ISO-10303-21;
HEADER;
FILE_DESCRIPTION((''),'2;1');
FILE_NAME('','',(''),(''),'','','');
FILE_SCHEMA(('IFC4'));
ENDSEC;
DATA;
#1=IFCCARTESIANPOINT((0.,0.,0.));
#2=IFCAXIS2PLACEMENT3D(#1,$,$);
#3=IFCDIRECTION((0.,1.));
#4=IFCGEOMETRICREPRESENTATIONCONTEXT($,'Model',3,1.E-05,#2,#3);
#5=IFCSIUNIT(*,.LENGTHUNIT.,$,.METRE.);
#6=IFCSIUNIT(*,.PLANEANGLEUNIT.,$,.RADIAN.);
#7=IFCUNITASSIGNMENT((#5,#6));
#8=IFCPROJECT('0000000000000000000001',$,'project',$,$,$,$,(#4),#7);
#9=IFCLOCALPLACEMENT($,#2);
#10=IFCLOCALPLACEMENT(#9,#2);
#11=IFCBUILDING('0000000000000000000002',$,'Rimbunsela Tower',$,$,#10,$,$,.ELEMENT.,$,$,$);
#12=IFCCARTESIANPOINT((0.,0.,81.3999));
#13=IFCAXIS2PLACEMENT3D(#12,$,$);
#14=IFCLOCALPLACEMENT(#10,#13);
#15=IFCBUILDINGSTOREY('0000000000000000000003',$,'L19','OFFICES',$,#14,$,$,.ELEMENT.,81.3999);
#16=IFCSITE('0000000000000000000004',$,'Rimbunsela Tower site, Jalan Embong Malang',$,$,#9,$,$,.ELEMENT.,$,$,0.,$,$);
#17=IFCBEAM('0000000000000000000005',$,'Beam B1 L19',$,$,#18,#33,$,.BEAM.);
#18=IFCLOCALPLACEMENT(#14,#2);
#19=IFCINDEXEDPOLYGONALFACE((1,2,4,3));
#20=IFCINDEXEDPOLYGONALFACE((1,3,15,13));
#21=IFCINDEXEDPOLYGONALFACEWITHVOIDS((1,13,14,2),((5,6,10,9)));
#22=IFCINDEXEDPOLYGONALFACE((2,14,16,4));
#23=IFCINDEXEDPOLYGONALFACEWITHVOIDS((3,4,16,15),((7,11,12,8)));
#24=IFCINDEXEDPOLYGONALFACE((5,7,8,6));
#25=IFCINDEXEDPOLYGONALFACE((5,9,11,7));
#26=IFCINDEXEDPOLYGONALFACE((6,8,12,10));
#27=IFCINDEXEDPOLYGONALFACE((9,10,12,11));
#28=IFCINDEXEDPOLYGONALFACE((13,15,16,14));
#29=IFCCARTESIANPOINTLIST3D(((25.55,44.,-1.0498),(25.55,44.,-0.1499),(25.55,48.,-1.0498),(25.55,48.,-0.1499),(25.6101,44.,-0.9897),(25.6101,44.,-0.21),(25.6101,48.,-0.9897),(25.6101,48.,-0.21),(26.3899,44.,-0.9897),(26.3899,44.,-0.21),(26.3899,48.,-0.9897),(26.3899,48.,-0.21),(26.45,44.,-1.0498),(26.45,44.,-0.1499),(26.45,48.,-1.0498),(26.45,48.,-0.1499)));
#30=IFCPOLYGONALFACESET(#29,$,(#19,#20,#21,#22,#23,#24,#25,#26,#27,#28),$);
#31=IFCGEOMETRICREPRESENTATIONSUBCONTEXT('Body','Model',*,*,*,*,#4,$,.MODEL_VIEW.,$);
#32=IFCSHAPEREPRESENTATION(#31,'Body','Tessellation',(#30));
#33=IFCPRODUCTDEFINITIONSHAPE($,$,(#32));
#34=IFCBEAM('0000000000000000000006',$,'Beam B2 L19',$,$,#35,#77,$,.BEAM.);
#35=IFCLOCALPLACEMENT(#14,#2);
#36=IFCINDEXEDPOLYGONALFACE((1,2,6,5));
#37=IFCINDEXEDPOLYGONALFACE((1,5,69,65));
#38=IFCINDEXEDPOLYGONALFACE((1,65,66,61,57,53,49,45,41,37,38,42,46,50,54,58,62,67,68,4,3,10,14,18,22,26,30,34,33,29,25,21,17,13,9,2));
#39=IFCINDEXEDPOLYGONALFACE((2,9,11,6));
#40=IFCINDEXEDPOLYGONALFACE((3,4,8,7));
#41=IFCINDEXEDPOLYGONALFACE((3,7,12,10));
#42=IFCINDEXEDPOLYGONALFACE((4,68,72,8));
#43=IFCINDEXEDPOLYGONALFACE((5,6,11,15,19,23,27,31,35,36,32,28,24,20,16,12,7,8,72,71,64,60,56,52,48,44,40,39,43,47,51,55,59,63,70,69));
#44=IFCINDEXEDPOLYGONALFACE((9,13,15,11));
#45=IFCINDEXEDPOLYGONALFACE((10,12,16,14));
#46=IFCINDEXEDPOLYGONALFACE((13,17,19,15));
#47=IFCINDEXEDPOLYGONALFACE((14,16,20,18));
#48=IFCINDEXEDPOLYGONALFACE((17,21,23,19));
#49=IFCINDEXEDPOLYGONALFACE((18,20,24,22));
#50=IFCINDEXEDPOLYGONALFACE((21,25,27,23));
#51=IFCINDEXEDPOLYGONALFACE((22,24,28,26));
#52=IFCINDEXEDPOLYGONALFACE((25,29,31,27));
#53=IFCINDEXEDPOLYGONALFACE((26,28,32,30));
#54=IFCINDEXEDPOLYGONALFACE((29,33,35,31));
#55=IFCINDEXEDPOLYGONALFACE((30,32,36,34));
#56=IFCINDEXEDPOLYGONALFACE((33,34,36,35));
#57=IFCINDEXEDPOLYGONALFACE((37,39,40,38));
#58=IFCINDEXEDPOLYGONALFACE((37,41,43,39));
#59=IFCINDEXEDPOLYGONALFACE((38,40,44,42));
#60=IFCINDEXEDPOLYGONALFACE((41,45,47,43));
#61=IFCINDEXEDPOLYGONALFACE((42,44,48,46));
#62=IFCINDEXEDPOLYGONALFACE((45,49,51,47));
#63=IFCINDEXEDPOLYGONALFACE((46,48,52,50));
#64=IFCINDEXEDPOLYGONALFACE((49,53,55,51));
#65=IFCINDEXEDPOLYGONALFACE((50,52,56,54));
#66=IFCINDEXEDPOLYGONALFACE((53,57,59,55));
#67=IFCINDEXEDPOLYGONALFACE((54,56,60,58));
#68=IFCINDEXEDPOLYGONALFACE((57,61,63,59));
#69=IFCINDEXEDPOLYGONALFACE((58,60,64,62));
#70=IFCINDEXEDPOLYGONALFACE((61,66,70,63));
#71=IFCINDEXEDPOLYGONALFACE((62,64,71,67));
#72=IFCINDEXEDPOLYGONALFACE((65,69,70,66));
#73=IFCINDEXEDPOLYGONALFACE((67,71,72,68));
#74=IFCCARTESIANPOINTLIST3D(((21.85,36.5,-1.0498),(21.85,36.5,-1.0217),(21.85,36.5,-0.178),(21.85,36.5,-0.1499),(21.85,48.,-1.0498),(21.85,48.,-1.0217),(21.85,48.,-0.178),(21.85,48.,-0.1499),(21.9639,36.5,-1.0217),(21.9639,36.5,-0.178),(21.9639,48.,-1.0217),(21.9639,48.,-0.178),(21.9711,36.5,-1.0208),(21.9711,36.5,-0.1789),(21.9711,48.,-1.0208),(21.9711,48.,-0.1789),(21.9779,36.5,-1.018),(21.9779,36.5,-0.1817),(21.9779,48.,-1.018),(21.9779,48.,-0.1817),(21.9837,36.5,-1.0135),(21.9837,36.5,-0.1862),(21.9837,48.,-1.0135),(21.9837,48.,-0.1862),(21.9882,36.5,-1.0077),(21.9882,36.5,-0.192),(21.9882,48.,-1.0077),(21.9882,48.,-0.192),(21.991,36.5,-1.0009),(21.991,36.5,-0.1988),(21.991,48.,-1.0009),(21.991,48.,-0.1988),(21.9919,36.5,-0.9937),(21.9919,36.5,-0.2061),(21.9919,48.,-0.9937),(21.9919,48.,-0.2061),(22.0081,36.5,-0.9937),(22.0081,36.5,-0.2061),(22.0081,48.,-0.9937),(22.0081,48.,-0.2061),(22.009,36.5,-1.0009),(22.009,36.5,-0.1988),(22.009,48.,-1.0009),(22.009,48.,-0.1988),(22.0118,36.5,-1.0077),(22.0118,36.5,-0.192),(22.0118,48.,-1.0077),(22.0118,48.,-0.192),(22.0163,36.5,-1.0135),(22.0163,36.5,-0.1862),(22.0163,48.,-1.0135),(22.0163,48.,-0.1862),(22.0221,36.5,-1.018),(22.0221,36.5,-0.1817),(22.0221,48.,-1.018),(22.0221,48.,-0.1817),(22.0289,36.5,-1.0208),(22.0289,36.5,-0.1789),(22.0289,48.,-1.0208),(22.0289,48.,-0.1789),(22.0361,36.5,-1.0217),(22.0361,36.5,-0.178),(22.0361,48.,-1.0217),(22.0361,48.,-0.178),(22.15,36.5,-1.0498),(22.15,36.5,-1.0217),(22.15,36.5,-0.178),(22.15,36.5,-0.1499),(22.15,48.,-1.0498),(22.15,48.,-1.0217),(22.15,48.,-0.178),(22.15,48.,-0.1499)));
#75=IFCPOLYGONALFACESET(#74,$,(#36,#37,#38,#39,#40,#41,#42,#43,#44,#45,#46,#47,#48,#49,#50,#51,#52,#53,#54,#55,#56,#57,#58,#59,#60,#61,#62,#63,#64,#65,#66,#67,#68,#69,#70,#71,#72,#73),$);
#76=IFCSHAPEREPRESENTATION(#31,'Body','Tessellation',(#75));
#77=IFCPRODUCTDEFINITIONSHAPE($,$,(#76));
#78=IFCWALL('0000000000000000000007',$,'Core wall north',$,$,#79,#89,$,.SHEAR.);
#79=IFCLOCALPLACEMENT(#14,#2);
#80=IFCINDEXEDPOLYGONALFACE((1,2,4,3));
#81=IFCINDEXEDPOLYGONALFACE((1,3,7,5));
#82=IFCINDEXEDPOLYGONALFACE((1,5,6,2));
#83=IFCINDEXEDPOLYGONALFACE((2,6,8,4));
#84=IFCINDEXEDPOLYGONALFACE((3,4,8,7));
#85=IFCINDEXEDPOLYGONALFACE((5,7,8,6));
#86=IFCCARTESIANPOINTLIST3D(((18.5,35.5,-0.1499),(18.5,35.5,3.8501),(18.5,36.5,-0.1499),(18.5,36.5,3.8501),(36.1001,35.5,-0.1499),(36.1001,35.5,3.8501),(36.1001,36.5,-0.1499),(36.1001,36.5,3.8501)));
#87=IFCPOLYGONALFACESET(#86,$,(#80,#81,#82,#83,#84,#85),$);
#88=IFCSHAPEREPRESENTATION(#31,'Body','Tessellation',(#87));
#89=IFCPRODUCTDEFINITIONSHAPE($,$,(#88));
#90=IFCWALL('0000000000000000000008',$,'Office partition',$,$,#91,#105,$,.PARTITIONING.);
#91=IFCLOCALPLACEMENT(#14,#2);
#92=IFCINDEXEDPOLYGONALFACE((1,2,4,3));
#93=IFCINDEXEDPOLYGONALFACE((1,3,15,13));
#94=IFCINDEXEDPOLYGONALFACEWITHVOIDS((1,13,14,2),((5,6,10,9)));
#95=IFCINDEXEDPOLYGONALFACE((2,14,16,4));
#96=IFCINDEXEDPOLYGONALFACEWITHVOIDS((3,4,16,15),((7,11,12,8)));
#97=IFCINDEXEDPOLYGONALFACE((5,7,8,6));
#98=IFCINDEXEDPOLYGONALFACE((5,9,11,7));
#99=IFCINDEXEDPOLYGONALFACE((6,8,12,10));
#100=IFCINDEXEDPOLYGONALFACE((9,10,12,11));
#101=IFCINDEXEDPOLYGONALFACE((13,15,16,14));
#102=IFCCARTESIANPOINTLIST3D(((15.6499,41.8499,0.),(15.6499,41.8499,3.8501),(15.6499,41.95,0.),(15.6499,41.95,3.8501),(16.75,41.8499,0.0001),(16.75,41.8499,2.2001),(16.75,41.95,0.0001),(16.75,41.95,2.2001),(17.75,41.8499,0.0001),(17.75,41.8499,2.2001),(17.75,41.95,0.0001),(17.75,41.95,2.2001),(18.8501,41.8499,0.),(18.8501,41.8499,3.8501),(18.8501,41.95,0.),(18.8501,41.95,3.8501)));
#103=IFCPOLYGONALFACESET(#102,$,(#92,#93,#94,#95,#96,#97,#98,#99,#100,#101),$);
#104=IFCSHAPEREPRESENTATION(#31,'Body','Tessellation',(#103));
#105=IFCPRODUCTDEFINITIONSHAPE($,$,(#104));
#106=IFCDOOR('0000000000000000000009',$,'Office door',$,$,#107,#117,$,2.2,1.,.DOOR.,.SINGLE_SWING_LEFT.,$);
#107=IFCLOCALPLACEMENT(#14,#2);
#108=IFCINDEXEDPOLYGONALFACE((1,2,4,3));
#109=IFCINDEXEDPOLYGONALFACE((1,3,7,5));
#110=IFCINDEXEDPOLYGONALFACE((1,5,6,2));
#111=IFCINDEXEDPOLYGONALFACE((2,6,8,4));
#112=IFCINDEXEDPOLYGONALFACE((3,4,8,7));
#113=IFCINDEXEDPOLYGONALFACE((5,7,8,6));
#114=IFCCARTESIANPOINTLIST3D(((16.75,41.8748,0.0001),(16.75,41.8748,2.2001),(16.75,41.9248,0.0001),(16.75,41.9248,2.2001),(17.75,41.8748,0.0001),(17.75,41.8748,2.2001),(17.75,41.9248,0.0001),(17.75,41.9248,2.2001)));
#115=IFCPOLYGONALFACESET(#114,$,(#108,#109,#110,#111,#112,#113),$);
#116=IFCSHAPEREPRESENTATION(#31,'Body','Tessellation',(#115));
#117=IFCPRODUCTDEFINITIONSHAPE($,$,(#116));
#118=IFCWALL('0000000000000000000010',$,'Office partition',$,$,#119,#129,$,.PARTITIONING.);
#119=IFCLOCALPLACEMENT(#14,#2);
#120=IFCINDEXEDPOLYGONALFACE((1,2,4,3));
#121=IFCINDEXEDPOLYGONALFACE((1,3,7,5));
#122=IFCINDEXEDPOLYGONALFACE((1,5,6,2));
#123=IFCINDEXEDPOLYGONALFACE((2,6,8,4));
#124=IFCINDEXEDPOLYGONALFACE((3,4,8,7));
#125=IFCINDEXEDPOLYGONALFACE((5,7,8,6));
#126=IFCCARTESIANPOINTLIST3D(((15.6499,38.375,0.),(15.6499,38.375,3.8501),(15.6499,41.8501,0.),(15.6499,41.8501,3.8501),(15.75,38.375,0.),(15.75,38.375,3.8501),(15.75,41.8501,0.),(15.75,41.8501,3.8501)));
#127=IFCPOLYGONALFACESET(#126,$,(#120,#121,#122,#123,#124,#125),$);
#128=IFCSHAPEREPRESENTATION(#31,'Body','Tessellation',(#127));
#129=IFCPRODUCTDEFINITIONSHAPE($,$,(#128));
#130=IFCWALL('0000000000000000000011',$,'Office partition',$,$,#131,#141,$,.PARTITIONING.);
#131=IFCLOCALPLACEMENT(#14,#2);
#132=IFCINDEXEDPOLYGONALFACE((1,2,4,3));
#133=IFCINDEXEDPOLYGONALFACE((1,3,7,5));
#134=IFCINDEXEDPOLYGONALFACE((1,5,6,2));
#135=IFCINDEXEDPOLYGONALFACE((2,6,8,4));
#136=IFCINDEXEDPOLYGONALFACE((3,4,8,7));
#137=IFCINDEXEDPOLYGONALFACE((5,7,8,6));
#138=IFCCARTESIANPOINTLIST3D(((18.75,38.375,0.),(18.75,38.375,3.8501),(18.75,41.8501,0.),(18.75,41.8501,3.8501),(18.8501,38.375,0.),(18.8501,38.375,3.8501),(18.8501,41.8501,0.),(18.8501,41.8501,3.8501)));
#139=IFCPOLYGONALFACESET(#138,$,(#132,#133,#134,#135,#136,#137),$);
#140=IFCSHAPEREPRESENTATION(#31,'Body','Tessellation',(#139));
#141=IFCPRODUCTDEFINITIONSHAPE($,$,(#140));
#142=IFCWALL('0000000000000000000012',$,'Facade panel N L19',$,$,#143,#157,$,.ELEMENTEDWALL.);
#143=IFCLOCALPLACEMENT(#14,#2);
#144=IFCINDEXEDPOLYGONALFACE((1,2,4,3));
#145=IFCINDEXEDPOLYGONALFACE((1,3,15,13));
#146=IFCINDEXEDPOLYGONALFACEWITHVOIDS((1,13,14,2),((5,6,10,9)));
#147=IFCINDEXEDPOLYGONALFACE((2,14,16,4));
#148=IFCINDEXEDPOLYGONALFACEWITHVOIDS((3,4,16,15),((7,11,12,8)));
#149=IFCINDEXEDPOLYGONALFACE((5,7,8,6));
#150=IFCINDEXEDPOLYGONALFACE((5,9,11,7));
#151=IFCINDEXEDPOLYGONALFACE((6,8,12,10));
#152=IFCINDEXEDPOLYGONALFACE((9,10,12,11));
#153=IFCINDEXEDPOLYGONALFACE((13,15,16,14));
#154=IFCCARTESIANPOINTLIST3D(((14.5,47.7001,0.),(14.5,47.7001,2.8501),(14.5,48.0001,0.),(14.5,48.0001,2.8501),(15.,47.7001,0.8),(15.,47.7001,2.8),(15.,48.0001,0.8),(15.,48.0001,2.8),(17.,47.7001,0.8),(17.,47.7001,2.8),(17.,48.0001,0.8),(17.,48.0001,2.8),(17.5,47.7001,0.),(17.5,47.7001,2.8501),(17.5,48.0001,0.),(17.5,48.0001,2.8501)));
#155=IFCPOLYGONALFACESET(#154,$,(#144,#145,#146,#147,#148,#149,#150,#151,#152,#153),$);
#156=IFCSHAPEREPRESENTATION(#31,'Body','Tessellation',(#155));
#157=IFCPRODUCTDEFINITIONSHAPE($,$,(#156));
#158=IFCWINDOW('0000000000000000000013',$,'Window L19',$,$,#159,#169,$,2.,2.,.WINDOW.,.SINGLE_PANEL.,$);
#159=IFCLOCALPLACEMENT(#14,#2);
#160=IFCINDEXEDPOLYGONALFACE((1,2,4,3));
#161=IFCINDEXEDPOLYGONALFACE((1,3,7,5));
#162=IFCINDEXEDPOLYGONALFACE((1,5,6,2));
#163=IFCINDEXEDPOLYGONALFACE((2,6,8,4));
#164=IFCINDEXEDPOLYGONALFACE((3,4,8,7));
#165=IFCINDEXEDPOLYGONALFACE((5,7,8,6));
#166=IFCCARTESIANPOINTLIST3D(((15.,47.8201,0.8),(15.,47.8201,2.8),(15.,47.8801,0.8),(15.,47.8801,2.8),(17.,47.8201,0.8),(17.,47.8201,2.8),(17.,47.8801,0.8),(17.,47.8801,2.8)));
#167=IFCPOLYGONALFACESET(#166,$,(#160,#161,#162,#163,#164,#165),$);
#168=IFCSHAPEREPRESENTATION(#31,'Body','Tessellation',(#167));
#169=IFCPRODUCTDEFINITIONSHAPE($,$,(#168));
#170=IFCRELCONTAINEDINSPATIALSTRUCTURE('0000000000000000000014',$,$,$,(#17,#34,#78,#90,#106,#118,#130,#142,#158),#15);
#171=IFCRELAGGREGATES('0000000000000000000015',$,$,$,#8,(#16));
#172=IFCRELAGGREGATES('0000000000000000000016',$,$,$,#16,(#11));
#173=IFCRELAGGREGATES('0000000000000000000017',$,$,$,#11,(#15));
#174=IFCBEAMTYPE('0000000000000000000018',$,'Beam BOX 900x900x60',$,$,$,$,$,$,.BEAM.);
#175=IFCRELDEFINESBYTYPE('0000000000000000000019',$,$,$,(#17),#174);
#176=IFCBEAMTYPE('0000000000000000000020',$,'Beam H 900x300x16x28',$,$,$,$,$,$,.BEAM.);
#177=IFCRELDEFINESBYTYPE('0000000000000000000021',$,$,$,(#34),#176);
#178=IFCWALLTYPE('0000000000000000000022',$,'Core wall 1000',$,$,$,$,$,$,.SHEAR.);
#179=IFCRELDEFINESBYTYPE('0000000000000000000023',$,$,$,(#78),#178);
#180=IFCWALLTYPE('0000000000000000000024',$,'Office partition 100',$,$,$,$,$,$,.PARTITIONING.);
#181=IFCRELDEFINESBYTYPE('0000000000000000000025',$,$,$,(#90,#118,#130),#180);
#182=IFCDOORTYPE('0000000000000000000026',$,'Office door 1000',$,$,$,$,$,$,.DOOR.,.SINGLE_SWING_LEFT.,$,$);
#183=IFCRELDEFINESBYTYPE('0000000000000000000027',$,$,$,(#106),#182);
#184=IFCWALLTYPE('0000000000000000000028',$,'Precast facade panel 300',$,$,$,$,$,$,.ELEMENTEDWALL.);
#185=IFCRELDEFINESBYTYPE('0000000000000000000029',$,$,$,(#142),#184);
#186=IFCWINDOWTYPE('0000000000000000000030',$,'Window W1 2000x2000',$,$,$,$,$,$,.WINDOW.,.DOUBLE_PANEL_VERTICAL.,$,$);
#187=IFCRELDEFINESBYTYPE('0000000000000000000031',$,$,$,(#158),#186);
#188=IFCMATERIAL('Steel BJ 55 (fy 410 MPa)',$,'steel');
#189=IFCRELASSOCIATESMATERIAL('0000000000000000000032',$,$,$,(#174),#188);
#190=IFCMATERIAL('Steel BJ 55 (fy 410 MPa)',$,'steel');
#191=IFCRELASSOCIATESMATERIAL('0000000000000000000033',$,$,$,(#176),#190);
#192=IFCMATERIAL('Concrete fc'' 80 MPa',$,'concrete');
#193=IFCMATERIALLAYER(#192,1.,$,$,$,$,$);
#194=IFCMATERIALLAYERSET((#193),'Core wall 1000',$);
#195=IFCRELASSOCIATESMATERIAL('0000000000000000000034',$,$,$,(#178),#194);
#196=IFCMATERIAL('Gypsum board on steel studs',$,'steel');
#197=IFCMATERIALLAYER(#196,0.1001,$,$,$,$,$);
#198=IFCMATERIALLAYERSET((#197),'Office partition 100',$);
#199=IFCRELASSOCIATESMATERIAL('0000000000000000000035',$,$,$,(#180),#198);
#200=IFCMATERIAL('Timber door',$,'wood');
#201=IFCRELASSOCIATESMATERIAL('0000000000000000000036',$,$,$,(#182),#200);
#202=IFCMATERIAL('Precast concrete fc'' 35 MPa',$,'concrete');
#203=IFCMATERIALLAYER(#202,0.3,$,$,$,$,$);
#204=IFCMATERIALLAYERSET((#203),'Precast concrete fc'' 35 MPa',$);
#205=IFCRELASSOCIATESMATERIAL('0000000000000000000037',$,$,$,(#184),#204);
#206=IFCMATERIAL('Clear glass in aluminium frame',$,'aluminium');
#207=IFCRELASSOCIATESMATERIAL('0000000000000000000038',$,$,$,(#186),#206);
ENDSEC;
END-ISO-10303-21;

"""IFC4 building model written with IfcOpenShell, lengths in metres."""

from ifc_helpers import new_model, si_unit, direction, frame, frame_2d, origin, origin_2d, place, context, subcontext, project, spatial, rectangle, hollow_rectangle, i_section, extrude, material, layer, layer_set, material_profile, profile_set, type_object, element, fill, save


model = new_model("IFC4")

# Units and contexts
model_context = context("Model", 3, precision=1e-05, world=origin(), true_north=direction((0.0, 1.0)))
body_context = subcontext(model_context, "Body", "Model", "MODEL_VIEW")
ifc_project = project(units=[si_unit("LENGTHUNIT", "METRE"), si_unit("PLANEANGLEUNIT", "RADIAN")], contexts=[model_context])

# Site, building, storey
site_placement = place(None, origin())
site = spatial("IfcSite", under=ifc_project, at=site_placement, Name="Rimbunsela Tower site, Jalan Embong Malang", CompositionType="ELEMENT", RefElevation=0.0)
building_placement = place(site_placement, origin())
building = spatial("IfcBuilding", under=site, at=building_placement, Name="Rimbunsela Tower", CompositionType="ELEMENT")
storey_placement = place(building_placement, frame((0.0, 0.0, 81.3999)))
storey = spatial("IfcBuildingStorey", under=building, at=storey_placement, Name="L19", Description="OFFICES", CompositionType="ELEMENT", Elevation=81.3999)

# Beams
ifc_material_1 = material(Name="Steel BJ 55 (fy 410 MPa)", Category="steel")
ifc_material_profile_1 = material_profile(ifc_material_1, hollow_rectangle(XDim=0.8999, YDim=0.8999, WallThickness=0.0601, at=origin_2d()), Name="BOX 900x900x60")
ifc_profile_set_1 = profile_set([ifc_material_profile_1], Name="Steel BJ 55 (fy 410 MPa)")
beam_type_1 = type_object("IfcBeamType", Name="Beam BOX 900x900x60", PredefinedType="BEAM", material=ifc_profile_set_1)
beam_1_placement = place(storey_placement, frame((26.0, 44.0, -0.5999), z_axis=(0.0, 1.0, 0.0), x_axis=(-1.0, 0.0, 0.0)))
element("IfcBeam", 1, at=beam_1_placement, inside=storey, type_object=beam_type_1, Name="Beam B1 L19", PredefinedType="BEAM", context=body_context, shape_type="SweptSolid", body=[
    extrude(hollow_rectangle(XDim=0.8999, YDim=0.8999, WallThickness=0.0601, at=origin_2d()), origin(), (0.0, 0.0, 1.0), 4.0),
])
ifc_material_2 = material(Name="Steel BJ 55 (fy 410 MPa)", Category="steel")
ifc_material_profile_2 = material_profile(ifc_material_2, i_section(OverallWidth=0.3, OverallDepth=0.8999, WebThickness=0.0161, FlangeThickness=0.0281, FilletRadius=0.0281, at=origin_2d()), Name="H 900x300x16x28")
ifc_profile_set_2 = profile_set([ifc_material_profile_2], Name="Steel BJ 55 (fy 410 MPa)")
beam_type_2 = type_object("IfcBeamType", Name="Beam H 900x300x16x28", PredefinedType="BEAM", material=ifc_profile_set_2)
beam_2_placement = place(storey_placement, frame((22.0, 36.5, -0.5999), z_axis=(0.0, 1.0, 0.0), x_axis=(-1.0, 0.0, 0.0)))
element("IfcBeam", 2, at=beam_2_placement, inside=storey, type_object=beam_type_2, Name="Beam B2 L19", PredefinedType="BEAM", context=body_context, shape_type="SweptSolid", body=[
    extrude(i_section(OverallWidth=0.3, OverallDepth=0.8999, WebThickness=0.0161, FlangeThickness=0.0281, FilletRadius=0.0281, at=origin_2d()), origin(), (0.0, 0.0, 1.0), 11.5),
])

# Wall
ifc_material_3 = material(Name="Concrete fc' 80 MPa", Category="concrete")
ifc_layer_1 = layer(ifc_material_3, 1.0)
ifc_layer_set_1 = layer_set([ifc_layer_1], Name="Core wall 1000")
wall_type_1 = type_object("IfcWallType", Name="Core wall 1000", PredefinedType="SHEAR", material=ifc_layer_set_1)
wall_1_placement = place(storey_placement, frame((18.5, 36.0, -0.1499), z_axis=(0.0, 0.0, 1.0), x_axis=(1.0, 0.0, 0.0)))
element("IfcWall", 3, at=wall_1_placement, inside=storey, type_object=wall_type_1, Name="Core wall north", PredefinedType="SHEAR", context=body_context, shape_type="SweptSolid", body=[
    extrude(rectangle(XDim=17.6001, YDim=1.0, at=frame_2d((8.8, 0.0))), origin(), (0.0, 0.0, 1.0), 4.0),
])

# Wall, opening, door
ifc_material_4 = material(Name="Gypsum board on steel studs", Category="steel")
ifc_layer_2 = layer(ifc_material_4, 0.1001)
ifc_layer_set_2 = layer_set([ifc_layer_2], Name="Office partition 100")
wall_type_2 = type_object("IfcWallType", Name="Office partition 100", PredefinedType="PARTITIONING", material=ifc_layer_set_2)
wall_2_placement = place(storey_placement, frame((15.6499, 41.8999, 0.0), z_axis=(0.0, 0.0, 1.0), x_axis=(1.0, 0.0, 0.0)))
wall_2 = element("IfcWall", 4, at=wall_2_placement, inside=storey, type_object=wall_type_2, Name="Office partition", PredefinedType="PARTITIONING", context=body_context, shape_type="SweptSolid", body=[
    extrude(rectangle(XDim=3.2002, YDim=0.1001, at=frame_2d((1.6001, 0.0))), origin(), (0.0, 0.0, 1.0), 3.8501),
])
opening_1_placement = place(wall_2_placement, frame((1.1001, 0.0, 0.0)))
opening_1 = element("IfcOpeningElement", 5, at=opening_1_placement, cuts=wall_2, PredefinedType="OPENING", context=body_context, shape_type="SweptSolid", body=[
    extrude(rectangle(XDim=1.0, YDim=2.2, at=frame_2d((0.5, 1.1001))), frame((0.0, 0.0601, 0.0), z_axis=(0.0, -1.0, 0.0), x_axis=(1.0, 0.0, 0.0)), (0.0, 0.0, 1.0), 0.1201),
])
ifc_material_5 = material(Name="Timber door", Category="wood")
door_type_1 = type_object("IfcDoorType", Name="Office door 1000", OperationType="SINGLE_SWING_LEFT", PredefinedType="DOOR", material=ifc_material_5)
door_1_placement = place(opening_1_placement, origin())
door_1 = element("IfcDoor", 6, at=door_1_placement, inside=storey, type_object=door_type_1, Name="Office door", OperationType="SINGLE_SWING_LEFT", OverallHeight=2.2, OverallWidth=1.0, PredefinedType="DOOR", context=body_context, shape_type="SweptSolid", body=[
    extrude(rectangle(XDim=1.0, YDim=2.2, at=frame_2d((0.5, 1.1001))), frame((0.0, 0.0249, 0.0), z_axis=(0.0, -1.0, 0.0), x_axis=(1.0, 0.0, 0.0)), (0.0, 0.0, 1.0), 0.05),
])
fill(opening_1, door_1)

# Walls
for number, where, z_axis, x_axis, name in (
    (7, (15.7, 38.375, 0.0), (0.0, 0.0, 1.0), (0.0, 1.0, 0.0), "Office partition"),
    (8, (18.8, 38.375, 0.0), (0.0, 0.0, 1.0), (0.0, 1.0, 0.0), "Office partition"),
):
    element("IfcWall", number, at=place(storey_placement, frame(where, z_axis=z_axis, x_axis=x_axis)), inside=storey, type_object=wall_type_2, Name=name, PredefinedType="PARTITIONING", context=body_context, shape_type="SweptSolid", body=[
        extrude(rectangle(XDim=3.4751, YDim=0.1001, at=frame_2d((1.7375, 0.0))), origin(), (0.0, 0.0, 1.0), 3.8501),
    ])

# Wall, opening, window
ifc_material_6 = material(Name="Precast concrete fc' 35 MPa", Category="concrete")
ifc_layer_3 = layer(ifc_material_6, 0.3)
ifc_layer_set_3 = layer_set([ifc_layer_3], Name="Precast concrete fc' 35 MPa")
wall_type_3 = type_object("IfcWallType", Name="Precast facade panel 300", PredefinedType="ELEMENTEDWALL", material=ifc_layer_set_3)
wall_3_placement = place(storey_placement, frame((17.5, 47.8501, 0.0), z_axis=(0.0, 0.0, 1.0), x_axis=(-1.0, 0.0, 0.0)))
wall_3 = element("IfcWall", 9, at=wall_3_placement, inside=storey, type_object=wall_type_3, Name="Facade panel N L19", PredefinedType="ELEMENTEDWALL", context=body_context, shape_type="SweptSolid", body=[
    extrude(rectangle(XDim=3.0, YDim=0.3, at=frame_2d((1.5, 0.0))), origin(), (0.0, 0.0, 1.0), 2.8501),
])
opening_2_placement = place(wall_3_placement, frame((0.5, 0.0, 0.8)))
opening_2 = element("IfcOpeningElement", 10, at=opening_2_placement, cuts=wall_3, PredefinedType="OPENING", context=body_context, shape_type="SweptSolid", body=[
    extrude(rectangle(XDim=2.0, YDim=2.0, at=frame_2d((1.0, 1.0))), frame((0.0, 0.1599, 0.0), z_axis=(0.0, -1.0, 0.0), x_axis=(1.0, 0.0, 0.0)), (0.0, 0.0, 1.0), 0.3201),
])
ifc_material_7 = material(Name="Clear glass in aluminium frame", Category="aluminium")
window_type = type_object("IfcWindowType", Name="Window W1 2000x2000", PartitioningType="DOUBLE_PANEL_VERTICAL", PredefinedType="WINDOW", material=ifc_material_7)
window_1_placement = place(opening_2_placement, origin())
window_1 = element("IfcWindow", 11, at=window_1_placement, inside=storey, type_object=window_type, Name="Window L19", OverallHeight=2.0, OverallWidth=2.0, PartitioningType="SINGLE_PANEL", PredefinedType="WINDOW", context=body_context, shape_type="SweptSolid", body=[
    extrude(rectangle(XDim=2.0, YDim=2.0, at=frame_2d((1.0, 1.0))), frame((0.0, 0.03, 0.0), z_axis=(0.0, -1.0, 0.0), x_axis=(1.0, 0.0, 0.0)), (0.0, 0.0, 1.0), 0.0601),
])
fill(opening_2, window_1)

save(model, "model.ifc")
